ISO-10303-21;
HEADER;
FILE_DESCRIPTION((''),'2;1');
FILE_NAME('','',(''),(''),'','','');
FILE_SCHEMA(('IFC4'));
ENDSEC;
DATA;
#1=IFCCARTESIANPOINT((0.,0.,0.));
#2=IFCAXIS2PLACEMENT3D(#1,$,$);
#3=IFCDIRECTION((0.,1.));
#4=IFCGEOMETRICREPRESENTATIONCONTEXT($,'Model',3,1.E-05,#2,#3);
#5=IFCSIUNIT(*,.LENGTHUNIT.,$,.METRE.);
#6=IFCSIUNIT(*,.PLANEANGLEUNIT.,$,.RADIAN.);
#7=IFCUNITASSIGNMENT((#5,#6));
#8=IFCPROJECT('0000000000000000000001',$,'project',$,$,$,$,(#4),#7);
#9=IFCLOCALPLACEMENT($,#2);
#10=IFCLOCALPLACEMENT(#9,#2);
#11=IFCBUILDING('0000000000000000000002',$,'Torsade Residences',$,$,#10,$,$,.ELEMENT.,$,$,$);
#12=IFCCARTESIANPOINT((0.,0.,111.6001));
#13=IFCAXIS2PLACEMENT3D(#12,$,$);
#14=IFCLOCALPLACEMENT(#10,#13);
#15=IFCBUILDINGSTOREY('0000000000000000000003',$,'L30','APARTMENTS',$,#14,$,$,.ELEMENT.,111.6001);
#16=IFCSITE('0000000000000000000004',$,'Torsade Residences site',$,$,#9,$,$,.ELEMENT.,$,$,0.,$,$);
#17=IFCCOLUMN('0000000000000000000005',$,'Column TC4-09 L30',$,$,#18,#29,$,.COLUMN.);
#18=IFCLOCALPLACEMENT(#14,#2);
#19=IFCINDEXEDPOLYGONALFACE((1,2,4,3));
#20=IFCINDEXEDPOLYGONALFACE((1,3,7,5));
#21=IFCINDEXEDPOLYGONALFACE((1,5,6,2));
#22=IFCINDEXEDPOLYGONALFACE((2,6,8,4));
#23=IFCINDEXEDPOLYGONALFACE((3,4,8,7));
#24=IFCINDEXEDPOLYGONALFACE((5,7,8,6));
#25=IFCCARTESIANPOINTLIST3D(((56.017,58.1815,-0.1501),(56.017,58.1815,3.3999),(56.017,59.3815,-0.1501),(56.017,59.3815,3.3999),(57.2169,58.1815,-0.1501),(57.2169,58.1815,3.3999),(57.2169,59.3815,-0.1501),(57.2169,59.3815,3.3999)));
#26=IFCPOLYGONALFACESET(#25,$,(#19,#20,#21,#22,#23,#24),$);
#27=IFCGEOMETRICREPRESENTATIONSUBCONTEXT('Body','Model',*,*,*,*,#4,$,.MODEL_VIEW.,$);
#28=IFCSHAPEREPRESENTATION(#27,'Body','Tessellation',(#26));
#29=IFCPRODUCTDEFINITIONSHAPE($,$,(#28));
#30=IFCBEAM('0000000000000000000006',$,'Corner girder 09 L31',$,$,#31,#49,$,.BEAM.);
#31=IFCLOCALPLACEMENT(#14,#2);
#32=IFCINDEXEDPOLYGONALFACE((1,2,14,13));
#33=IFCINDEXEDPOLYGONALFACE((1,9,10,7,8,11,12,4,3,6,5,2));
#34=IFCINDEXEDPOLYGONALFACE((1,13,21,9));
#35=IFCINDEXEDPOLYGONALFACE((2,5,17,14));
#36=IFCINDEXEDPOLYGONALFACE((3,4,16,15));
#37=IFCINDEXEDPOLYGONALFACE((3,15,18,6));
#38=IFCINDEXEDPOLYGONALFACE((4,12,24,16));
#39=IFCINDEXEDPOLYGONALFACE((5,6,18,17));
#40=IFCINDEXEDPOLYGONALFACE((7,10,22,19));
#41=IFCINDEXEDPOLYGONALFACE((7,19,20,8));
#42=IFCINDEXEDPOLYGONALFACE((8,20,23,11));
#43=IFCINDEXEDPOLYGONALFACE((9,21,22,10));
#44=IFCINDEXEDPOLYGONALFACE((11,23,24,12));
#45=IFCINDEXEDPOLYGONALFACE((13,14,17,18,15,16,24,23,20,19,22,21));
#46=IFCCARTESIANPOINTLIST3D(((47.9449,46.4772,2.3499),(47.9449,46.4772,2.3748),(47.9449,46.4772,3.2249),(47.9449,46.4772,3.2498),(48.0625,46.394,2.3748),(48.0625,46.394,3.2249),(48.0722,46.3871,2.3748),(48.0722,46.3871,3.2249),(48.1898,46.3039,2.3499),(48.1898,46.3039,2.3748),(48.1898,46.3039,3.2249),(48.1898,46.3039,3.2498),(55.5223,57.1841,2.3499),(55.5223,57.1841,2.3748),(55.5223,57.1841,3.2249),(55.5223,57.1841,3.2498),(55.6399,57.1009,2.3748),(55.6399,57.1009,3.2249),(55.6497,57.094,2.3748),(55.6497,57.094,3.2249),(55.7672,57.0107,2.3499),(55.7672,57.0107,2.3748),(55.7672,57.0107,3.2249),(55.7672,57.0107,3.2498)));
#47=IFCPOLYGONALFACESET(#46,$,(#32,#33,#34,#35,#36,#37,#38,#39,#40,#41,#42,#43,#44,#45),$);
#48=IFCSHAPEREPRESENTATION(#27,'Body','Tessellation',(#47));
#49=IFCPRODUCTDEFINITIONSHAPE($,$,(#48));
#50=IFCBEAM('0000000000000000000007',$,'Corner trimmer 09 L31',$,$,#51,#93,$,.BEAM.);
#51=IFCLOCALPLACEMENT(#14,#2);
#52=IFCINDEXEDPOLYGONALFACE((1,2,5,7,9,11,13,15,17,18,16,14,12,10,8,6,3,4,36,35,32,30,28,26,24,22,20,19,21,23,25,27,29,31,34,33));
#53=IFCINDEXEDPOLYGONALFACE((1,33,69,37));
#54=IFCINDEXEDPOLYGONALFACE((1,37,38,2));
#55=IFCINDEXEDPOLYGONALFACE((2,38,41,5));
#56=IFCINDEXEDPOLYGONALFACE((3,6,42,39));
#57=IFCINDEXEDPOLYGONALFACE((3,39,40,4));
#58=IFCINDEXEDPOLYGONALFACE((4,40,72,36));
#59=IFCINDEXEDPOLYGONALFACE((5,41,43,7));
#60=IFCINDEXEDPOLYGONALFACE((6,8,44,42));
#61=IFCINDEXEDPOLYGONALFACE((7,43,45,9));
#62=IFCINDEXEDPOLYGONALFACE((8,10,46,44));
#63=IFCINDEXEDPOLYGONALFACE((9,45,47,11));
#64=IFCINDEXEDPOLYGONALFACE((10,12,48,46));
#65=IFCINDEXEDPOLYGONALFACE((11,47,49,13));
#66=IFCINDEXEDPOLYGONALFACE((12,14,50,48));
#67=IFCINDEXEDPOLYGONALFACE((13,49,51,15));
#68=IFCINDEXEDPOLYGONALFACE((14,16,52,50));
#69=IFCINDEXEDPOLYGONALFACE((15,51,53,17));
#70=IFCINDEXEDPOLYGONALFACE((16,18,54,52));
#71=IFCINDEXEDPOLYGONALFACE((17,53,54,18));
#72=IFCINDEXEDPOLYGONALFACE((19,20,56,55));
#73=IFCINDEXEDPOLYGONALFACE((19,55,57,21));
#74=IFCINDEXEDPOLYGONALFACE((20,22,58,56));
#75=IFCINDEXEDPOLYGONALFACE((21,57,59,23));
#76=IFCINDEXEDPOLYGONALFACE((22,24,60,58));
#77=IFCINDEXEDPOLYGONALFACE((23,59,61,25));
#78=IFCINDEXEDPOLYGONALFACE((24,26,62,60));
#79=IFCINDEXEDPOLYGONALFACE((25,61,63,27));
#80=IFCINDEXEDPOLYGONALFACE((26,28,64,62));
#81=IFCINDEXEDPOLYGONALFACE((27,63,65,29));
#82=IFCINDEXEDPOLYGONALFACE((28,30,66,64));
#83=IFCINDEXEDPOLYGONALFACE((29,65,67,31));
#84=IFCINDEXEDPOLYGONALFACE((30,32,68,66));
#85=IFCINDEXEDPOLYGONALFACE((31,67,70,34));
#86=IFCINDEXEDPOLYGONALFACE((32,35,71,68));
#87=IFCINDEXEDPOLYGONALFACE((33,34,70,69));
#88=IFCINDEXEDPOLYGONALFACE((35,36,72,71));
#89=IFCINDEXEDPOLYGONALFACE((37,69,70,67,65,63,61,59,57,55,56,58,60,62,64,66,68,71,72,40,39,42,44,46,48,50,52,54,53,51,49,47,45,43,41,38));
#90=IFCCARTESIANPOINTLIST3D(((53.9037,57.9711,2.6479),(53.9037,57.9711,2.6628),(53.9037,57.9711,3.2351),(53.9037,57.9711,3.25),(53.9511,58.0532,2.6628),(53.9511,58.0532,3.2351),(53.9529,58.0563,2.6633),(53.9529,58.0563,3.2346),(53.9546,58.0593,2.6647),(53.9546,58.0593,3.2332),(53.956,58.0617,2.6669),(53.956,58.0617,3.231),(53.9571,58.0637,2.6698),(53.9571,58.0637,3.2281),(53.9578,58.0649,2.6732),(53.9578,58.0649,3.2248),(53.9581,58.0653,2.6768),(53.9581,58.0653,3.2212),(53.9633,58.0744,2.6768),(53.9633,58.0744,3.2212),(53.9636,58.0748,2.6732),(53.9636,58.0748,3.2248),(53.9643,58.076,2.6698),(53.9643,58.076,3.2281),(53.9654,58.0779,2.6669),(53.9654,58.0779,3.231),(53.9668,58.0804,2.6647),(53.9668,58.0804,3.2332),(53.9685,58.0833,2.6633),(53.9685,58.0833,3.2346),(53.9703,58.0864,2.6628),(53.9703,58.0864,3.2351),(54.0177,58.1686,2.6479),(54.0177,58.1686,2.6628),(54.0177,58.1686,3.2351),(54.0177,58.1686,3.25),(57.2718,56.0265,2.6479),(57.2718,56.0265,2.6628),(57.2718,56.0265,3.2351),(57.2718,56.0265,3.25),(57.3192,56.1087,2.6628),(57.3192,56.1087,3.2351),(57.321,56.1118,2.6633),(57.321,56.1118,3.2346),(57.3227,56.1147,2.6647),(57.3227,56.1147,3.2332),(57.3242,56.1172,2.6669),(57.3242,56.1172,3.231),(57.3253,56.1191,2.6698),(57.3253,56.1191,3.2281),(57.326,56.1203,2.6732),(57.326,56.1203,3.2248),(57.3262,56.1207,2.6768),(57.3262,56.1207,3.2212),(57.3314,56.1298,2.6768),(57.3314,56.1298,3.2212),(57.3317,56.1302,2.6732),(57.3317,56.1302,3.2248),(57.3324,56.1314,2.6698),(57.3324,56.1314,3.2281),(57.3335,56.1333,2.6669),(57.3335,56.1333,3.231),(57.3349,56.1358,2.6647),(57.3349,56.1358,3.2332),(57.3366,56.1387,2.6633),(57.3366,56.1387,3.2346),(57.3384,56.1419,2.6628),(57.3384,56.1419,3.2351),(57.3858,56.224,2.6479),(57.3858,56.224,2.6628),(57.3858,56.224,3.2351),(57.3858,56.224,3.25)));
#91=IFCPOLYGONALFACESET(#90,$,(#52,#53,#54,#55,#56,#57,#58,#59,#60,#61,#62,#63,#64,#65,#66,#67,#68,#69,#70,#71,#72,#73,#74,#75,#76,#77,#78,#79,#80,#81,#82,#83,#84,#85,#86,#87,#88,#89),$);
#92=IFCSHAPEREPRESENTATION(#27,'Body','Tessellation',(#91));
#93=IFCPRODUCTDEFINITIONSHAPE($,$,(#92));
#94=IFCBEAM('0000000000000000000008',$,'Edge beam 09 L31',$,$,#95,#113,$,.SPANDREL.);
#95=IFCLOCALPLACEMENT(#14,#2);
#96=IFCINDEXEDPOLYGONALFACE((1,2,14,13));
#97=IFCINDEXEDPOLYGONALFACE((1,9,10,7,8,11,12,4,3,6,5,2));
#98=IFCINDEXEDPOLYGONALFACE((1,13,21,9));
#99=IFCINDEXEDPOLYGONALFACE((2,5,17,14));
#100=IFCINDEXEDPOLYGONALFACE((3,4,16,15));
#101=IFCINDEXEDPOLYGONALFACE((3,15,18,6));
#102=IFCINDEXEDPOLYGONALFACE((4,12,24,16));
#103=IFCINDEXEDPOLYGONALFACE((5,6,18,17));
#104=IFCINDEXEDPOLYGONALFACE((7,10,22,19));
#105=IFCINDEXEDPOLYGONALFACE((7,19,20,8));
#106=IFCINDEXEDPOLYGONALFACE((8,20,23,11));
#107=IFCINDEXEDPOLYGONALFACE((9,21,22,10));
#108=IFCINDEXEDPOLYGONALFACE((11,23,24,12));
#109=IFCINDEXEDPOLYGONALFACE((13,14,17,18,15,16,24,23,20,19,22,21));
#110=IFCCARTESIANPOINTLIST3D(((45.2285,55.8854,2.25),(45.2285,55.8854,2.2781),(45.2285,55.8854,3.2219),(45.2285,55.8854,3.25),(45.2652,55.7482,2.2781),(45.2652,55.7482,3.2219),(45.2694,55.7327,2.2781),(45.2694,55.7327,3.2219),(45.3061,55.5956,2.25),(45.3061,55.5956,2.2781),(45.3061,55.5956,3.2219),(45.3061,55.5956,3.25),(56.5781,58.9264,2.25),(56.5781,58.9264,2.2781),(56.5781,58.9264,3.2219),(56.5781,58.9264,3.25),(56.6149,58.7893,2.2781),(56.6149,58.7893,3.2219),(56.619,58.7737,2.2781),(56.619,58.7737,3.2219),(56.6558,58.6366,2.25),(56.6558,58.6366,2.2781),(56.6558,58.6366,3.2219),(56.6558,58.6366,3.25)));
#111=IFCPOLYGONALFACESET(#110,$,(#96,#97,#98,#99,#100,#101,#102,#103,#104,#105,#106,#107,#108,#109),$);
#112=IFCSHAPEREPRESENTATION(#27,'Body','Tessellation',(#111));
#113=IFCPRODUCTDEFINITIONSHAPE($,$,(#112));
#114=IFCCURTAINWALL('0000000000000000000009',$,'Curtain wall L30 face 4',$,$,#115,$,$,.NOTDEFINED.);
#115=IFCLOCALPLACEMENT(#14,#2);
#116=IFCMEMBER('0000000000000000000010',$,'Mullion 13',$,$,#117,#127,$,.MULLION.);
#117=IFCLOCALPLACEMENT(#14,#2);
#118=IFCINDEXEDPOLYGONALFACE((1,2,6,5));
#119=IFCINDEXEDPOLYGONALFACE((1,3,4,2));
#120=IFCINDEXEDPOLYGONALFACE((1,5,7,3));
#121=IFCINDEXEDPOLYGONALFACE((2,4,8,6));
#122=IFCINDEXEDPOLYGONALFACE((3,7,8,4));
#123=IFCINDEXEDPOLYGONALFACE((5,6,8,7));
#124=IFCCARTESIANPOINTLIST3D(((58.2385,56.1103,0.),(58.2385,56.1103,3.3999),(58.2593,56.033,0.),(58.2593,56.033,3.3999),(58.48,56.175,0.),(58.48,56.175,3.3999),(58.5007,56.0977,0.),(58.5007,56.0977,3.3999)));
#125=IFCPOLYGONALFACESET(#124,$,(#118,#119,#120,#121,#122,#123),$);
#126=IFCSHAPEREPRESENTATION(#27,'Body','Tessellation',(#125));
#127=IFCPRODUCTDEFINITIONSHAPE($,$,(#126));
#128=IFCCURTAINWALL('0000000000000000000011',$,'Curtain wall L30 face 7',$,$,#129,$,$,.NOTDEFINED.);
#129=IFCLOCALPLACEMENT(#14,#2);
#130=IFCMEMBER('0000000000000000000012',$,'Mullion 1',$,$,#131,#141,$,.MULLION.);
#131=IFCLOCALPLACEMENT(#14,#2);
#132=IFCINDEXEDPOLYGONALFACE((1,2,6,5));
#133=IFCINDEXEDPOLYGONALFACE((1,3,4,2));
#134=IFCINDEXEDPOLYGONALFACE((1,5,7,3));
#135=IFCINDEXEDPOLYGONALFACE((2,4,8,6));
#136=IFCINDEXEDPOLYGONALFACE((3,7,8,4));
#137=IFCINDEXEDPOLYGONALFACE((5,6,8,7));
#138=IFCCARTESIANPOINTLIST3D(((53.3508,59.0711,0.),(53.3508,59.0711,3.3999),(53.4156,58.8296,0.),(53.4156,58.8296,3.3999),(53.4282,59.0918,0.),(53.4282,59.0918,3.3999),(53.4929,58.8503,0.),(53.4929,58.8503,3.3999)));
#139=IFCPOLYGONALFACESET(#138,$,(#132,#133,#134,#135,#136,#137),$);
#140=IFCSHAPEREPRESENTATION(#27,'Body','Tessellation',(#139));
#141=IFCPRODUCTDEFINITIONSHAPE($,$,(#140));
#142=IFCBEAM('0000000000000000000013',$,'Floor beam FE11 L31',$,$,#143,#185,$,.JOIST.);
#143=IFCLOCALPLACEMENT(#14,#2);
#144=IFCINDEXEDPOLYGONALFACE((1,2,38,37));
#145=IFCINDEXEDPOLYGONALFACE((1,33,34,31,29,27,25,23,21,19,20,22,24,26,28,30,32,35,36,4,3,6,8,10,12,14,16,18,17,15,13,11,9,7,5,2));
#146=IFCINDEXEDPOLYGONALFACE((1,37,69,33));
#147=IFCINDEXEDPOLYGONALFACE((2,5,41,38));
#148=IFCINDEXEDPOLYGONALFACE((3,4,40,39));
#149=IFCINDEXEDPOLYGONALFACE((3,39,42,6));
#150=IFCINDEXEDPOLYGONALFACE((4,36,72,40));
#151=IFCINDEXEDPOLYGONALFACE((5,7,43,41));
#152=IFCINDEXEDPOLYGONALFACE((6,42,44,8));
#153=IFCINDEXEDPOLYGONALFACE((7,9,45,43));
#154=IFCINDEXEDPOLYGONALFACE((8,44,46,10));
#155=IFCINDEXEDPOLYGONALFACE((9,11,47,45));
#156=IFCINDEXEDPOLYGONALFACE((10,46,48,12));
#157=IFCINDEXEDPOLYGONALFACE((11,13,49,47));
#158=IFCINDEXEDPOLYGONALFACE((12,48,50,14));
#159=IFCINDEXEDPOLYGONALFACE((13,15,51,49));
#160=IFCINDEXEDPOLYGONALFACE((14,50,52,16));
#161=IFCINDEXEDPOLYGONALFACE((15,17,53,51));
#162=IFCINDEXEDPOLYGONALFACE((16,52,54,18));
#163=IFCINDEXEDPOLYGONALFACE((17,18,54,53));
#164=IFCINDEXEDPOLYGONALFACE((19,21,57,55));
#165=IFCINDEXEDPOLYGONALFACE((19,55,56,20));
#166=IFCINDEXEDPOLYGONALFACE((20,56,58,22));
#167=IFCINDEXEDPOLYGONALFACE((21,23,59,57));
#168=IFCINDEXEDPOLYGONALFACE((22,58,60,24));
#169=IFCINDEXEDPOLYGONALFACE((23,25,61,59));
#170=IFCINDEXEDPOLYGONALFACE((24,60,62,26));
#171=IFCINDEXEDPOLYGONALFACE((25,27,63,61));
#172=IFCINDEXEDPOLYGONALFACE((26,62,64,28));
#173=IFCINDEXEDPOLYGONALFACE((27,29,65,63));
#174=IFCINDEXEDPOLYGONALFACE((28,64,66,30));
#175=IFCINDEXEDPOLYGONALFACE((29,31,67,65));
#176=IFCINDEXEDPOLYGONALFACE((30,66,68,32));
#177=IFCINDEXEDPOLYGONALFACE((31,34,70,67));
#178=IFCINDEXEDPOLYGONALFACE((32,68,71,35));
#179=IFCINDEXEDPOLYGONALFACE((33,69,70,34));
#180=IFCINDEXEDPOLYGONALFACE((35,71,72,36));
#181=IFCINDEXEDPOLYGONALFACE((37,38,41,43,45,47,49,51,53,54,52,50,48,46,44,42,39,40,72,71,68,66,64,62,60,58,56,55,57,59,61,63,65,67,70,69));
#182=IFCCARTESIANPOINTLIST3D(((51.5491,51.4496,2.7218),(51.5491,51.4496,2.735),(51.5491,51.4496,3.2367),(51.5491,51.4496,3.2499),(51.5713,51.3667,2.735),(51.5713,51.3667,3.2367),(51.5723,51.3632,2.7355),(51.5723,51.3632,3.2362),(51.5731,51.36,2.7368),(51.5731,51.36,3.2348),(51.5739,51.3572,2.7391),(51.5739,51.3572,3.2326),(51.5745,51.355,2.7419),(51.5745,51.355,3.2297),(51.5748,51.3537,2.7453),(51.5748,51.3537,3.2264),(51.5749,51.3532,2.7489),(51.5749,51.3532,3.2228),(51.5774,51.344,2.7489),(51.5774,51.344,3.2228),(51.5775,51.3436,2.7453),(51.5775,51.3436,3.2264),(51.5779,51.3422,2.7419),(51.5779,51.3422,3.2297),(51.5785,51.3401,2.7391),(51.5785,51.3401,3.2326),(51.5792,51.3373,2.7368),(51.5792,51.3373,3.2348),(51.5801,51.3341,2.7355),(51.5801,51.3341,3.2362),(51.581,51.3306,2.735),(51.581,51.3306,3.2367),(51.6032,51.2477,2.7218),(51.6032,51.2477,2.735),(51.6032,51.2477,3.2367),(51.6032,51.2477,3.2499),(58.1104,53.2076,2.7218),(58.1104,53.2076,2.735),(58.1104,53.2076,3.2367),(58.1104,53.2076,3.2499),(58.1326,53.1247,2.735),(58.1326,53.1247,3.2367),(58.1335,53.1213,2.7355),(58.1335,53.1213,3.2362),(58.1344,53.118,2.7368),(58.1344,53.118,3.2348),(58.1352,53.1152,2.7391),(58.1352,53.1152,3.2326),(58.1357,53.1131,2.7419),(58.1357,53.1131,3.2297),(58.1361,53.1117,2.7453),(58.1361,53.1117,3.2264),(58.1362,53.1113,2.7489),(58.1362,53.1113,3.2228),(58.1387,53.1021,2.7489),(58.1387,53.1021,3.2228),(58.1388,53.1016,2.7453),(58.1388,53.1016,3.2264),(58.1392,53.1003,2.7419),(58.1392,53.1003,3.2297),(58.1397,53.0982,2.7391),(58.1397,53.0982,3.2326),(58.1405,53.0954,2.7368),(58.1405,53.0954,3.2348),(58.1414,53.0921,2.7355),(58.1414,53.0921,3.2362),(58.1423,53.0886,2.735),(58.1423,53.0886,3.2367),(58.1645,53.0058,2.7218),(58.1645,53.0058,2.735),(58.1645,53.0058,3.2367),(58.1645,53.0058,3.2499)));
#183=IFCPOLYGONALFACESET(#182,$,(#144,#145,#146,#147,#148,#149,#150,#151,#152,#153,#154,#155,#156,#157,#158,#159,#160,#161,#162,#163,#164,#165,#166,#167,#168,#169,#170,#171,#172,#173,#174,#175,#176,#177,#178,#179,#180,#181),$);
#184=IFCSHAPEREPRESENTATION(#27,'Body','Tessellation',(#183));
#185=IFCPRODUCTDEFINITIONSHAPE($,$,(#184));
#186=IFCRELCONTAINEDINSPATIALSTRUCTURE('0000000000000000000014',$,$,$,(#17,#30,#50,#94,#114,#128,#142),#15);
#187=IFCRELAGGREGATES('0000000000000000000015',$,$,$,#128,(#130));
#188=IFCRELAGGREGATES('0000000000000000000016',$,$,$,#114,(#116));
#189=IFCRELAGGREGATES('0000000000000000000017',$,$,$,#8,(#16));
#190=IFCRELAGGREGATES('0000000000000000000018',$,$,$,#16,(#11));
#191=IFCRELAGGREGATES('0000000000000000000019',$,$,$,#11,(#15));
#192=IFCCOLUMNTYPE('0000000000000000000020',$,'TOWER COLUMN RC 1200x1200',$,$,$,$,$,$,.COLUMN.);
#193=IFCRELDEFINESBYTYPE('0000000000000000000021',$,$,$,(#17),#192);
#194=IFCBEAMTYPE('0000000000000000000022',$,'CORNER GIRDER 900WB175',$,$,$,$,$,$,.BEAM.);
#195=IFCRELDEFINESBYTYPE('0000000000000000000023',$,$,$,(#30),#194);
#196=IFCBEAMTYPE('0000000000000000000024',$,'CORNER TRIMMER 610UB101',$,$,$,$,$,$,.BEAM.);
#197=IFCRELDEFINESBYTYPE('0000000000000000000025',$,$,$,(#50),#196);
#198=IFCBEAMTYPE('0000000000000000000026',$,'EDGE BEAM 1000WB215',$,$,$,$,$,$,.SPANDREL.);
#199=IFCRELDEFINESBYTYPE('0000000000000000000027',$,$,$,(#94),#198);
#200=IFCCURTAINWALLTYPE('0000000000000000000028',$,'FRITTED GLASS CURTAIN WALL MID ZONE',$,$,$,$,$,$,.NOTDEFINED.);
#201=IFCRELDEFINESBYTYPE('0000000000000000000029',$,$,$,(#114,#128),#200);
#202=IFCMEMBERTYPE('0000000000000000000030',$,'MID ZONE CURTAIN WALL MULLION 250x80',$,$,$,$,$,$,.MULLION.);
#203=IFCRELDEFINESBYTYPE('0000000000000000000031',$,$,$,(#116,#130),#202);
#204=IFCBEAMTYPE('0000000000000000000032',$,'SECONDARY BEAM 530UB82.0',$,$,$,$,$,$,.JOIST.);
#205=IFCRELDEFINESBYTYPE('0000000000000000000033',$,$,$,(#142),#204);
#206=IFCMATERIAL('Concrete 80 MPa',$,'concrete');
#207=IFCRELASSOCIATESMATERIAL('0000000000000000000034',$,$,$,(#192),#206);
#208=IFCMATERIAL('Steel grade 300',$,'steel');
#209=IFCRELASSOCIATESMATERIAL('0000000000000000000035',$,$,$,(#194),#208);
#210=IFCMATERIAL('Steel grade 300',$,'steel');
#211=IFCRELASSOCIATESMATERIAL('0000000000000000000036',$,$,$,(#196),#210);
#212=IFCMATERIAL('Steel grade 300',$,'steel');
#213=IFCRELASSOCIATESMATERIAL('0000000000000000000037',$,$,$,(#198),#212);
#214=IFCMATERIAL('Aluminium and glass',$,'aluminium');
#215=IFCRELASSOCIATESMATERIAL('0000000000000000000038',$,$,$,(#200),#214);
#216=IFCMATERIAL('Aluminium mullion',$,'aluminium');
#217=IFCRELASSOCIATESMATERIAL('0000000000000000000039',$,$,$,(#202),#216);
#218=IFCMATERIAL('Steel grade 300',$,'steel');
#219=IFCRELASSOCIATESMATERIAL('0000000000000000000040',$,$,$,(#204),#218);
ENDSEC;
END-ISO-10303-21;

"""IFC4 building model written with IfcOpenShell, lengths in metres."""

from ifc_helpers import new_model, si_unit, direction, frame, origin, origin_2d, place, context, subcontext, project, spatial, rectangle, i_section, extrude, material, material_profile, profile_set, type_object, element, aggregate, save


model = new_model("IFC4")

# Units and contexts
model_context = context("Model", 3, precision=1e-05, world=origin(), true_north=direction((0.0, 1.0)))
body_context = subcontext(model_context, "Body", "Model", "MODEL_VIEW")
ifc_project = project(units=[si_unit("LENGTHUNIT", "METRE"), si_unit("PLANEANGLEUNIT", "RADIAN")], contexts=[model_context])

# Site, building, storey
site_placement = place(None, origin())
site = spatial("IfcSite", under=ifc_project, at=site_placement, Name="Torsade Residences site", CompositionType="ELEMENT", RefElevation=0.0)
building_placement = place(site_placement, origin())
building = spatial("IfcBuilding", under=site, at=building_placement, Name="Torsade Residences", CompositionType="ELEMENT")
storey_placement = place(building_placement, frame((0.0, 0.0, 111.6001)))
storey = spatial("IfcBuildingStorey", under=building, at=storey_placement, Name="L30", Description="APARTMENTS", CompositionType="ELEMENT", Elevation=111.6001)

# Column
ifc_material_1 = material(Name="Concrete 80 MPa", Category="concrete")
ifc_material_profile_1 = material_profile(ifc_material_1, rectangle(XDim=1.2, YDim=1.2, at=origin_2d()), Name="RC 1200x1200")
ifc_profile_set_1 = profile_set([ifc_material_profile_1], Name="Concrete 80 MPa")
column_type = type_object("IfcColumnType", Name="TOWER COLUMN RC 1200x1200", PredefinedType="COLUMN", material=ifc_profile_set_1)
column_placement = place(storey_placement, frame((56.6169, 58.7815, -0.1501), z_axis=(0.0, 0.0, 1.0), x_axis=(1.0, 0.0, 0.0)))
element("IfcColumn", 1, at=column_placement, inside=storey, type_object=column_type, Name="Column TC4-09 L30", PredefinedType="COLUMN", context=body_context, shape_type="SweptSolid", body=[
    extrude(rectangle(XDim=1.2, YDim=1.2, at=origin_2d()), origin(), (0.0, 0.0, 1.0), 3.55),
])

# Beams
ifc_material_2 = material(Name="Steel grade 300", Category="steel")
ifc_material_profile_2 = material_profile(ifc_material_2, i_section(OverallWidth=0.3, OverallDepth=0.8999, WebThickness=0.012, FlangeThickness=0.0249, at=origin_2d()), Name="900WB175")
ifc_profile_set_2 = profile_set([ifc_material_profile_2], Name="Steel grade 300")
beam_type_1 = type_object("IfcBeamType", Name="CORNER GIRDER 900WB175", PredefinedType="BEAM", material=ifc_profile_set_2)
beam_1_placement = place(storey_placement, frame((55.6448, 57.0974, 2.7998), z_axis=(-0.577683, -0.816261, 0.0), x_axis=(0.816261, -0.577683, 0.0)))
element("IfcBeam", 2, at=beam_1_placement, inside=storey, type_object=beam_type_1, Name="Corner girder 09 L31", PredefinedType="BEAM", context=body_context, shape_type="SweptSolid", body=[
    extrude(i_section(OverallWidth=0.3, OverallDepth=0.8999, WebThickness=0.012, FlangeThickness=0.0249, at=origin_2d()), origin(), (0.0, 0.0, 1.0), 13.1169),
])
ifc_material_3 = material(Name="Steel grade 300", Category="steel")
ifc_material_profile_3 = material_profile(ifc_material_3, i_section(OverallWidth=0.228, OverallDepth=0.6021, WebThickness=0.0105, FlangeThickness=0.0149, FilletRadius=0.0139, at=origin_2d()), Name="610UB101")
ifc_profile_set_3 = profile_set([ifc_material_profile_3], Name="Steel grade 300")
beam_type_2 = type_object("IfcBeamType", Name="CORNER TRIMMER 610UB101", PredefinedType="BEAM", material=ifc_profile_set_3)
beam_2_placement = place(storey_placement, frame((53.9607, 58.0698, 2.949), z_axis=(0.866029, -0.499994, 0.0), x_axis=(0.499994, 0.866029, 0.0)))
element("IfcBeam", 3, at=beam_2_placement, inside=storey, type_object=beam_type_2, Name="Corner trimmer 09 L31", PredefinedType="BEAM", context=body_context, shape_type="SweptSolid", body=[
    extrude(i_section(OverallWidth=0.228, OverallDepth=0.6021, WebThickness=0.0105, FlangeThickness=0.0149, FilletRadius=0.0139, at=origin_2d()), origin(), (0.0, 0.0, 1.0), 3.8892),
])
ifc_material_4 = material(Name="Steel grade 300", Category="steel")
ifc_material_profile_4 = material_profile(ifc_material_4, i_section(OverallWidth=0.3, OverallDepth=1.0, WebThickness=0.0161, FlangeThickness=0.0281, at=origin_2d()), Name="1000WB215")
ifc_profile_set_4 = profile_set([ifc_material_profile_4], Name="Steel grade 300")
beam_type_3 = type_object("IfcBeamType", Name="EDGE BEAM 1000WB215", PredefinedType="SPANDREL", material=ifc_profile_set_4)
beam_3_placement = place(storey_placement, frame((56.6169, 58.7815, 2.75), z_axis=(-0.965928, -0.258811, 0.0), x_axis=(0.258811, -0.965928, 0.0)))
element("IfcBeam", 4, at=beam_3_placement, inside=storey, type_object=beam_type_3, Name="Edge beam 09 L31", PredefinedType="SPANDREL", context=body_context, shape_type="SweptSolid", body=[
    extrude(i_section(OverallWidth=0.3, OverallDepth=1.0, WebThickness=0.0161, FlangeThickness=0.0281, at=origin_2d()), origin(), (0.0, 0.0, 1.0), 11.75),
])

# Curtain walls, members
ifc_material_5 = material(Name="Aluminium and glass", Category="aluminium")
curtain_wall_type = type_object("IfcCurtainWallType", Name="FRITTED GLASS CURTAIN WALL MID ZONE", PredefinedType="NOTDEFINED", material=ifc_material_5)
curtain_wall_1_placement = place(storey_placement, origin())
curtain_wall_1 = element("IfcCurtainWall", 5, at=curtain_wall_1_placement, inside=storey, type_object=curtain_wall_type, Name="Curtain wall L30 face 4", PredefinedType="NOTDEFINED")
ifc_material_6 = material(Name="Aluminium mullion", Category="aluminium")
ifc_material_profile_5 = material_profile(ifc_material_6, rectangle(XDim=0.25, YDim=0.0801, at=origin_2d()), Name="MID ZONE CURTAIN WALL MULLION 250x80")
ifc_profile_set_5 = profile_set([ifc_material_profile_5], Name="Aluminium mullion")
member_type = type_object("IfcMemberType", Name="MID ZONE CURTAIN WALL MULLION 250x80", PredefinedType="MULLION", material=ifc_profile_set_5)
member_1_placement = place(storey_placement, frame((58.3696, 56.104, 0.0), z_axis=(0.0, 0.0, 1.0), x_axis=(-0.965926, -0.258819, 0.0)))
member_1 = element("IfcMember", 6, at=member_1_placement, type_object=member_type, Name="Mullion 13", PredefinedType="MULLION", context=body_context, shape_type="SweptSolid", body=[
    extrude(rectangle(XDim=0.25, YDim=0.0801, at=origin_2d()), origin(), (0.0, 0.0, 1.0), 3.3999),
])
curtain_wall_2_placement = place(storey_placement, origin())
curtain_wall_2 = element("IfcCurtainWall", 7, at=curtain_wall_2_placement, inside=storey, type_object=curtain_wall_type, Name="Curtain wall L30 face 7", PredefinedType="NOTDEFINED")
member_2_placement = place(storey_placement, frame((53.4219, 58.9607, 0.0), z_axis=(0.0, 0.0, 1.0), x_axis=(0.258819, -0.965926, 0.0)))
member_2 = element("IfcMember", 8, at=member_2_placement, type_object=member_type, Name="Mullion 1", PredefinedType="MULLION", context=body_context, shape_type="SweptSolid", body=[
    extrude(rectangle(XDim=0.25, YDim=0.0801, at=origin_2d()), origin(), (0.0, 0.0, 1.0), 3.3999),
])
aggregate(curtain_wall_2, [member_2])

# Beam
ifc_material_7 = material(Name="Steel grade 300", Category="steel")
ifc_material_profile_6 = material_profile(ifc_material_7, i_section(OverallWidth=0.209, OverallDepth=0.5281, WebThickness=0.0095, FlangeThickness=0.0132, FilletRadius=0.0139, at=origin_2d()), Name="530UB82.0")
ifc_profile_set_6 = profile_set([ifc_material_profile_6], Name="Steel grade 300")
beam_type_4 = type_object("IfcBeamType", Name="SECONDARY BEAM 530UB82.0", PredefinedType="JOIST", material=ifc_profile_set_6)
beam_4_placement = place(storey_placement, frame((58.1375, 53.1067, 2.9858), z_axis=(-0.965927, -0.258815, 0.0), x_axis=(0.258815, -0.965927, 0.0)))
element("IfcBeam", 9, at=beam_4_placement, inside=storey, type_object=beam_type_4, Name="Floor beam FE11 L31", PredefinedType="JOIST", context=body_context, shape_type="SweptSolid", body=[
    extrude(i_section(OverallWidth=0.209, OverallDepth=0.5281, WebThickness=0.0095, FlangeThickness=0.0132, FilletRadius=0.0139, at=origin_2d()), origin(), (0.0, 0.0, 1.0), 6.7927),
])

aggregate(curtain_wall_1, [member_1])

save(model, "model.ifc")
